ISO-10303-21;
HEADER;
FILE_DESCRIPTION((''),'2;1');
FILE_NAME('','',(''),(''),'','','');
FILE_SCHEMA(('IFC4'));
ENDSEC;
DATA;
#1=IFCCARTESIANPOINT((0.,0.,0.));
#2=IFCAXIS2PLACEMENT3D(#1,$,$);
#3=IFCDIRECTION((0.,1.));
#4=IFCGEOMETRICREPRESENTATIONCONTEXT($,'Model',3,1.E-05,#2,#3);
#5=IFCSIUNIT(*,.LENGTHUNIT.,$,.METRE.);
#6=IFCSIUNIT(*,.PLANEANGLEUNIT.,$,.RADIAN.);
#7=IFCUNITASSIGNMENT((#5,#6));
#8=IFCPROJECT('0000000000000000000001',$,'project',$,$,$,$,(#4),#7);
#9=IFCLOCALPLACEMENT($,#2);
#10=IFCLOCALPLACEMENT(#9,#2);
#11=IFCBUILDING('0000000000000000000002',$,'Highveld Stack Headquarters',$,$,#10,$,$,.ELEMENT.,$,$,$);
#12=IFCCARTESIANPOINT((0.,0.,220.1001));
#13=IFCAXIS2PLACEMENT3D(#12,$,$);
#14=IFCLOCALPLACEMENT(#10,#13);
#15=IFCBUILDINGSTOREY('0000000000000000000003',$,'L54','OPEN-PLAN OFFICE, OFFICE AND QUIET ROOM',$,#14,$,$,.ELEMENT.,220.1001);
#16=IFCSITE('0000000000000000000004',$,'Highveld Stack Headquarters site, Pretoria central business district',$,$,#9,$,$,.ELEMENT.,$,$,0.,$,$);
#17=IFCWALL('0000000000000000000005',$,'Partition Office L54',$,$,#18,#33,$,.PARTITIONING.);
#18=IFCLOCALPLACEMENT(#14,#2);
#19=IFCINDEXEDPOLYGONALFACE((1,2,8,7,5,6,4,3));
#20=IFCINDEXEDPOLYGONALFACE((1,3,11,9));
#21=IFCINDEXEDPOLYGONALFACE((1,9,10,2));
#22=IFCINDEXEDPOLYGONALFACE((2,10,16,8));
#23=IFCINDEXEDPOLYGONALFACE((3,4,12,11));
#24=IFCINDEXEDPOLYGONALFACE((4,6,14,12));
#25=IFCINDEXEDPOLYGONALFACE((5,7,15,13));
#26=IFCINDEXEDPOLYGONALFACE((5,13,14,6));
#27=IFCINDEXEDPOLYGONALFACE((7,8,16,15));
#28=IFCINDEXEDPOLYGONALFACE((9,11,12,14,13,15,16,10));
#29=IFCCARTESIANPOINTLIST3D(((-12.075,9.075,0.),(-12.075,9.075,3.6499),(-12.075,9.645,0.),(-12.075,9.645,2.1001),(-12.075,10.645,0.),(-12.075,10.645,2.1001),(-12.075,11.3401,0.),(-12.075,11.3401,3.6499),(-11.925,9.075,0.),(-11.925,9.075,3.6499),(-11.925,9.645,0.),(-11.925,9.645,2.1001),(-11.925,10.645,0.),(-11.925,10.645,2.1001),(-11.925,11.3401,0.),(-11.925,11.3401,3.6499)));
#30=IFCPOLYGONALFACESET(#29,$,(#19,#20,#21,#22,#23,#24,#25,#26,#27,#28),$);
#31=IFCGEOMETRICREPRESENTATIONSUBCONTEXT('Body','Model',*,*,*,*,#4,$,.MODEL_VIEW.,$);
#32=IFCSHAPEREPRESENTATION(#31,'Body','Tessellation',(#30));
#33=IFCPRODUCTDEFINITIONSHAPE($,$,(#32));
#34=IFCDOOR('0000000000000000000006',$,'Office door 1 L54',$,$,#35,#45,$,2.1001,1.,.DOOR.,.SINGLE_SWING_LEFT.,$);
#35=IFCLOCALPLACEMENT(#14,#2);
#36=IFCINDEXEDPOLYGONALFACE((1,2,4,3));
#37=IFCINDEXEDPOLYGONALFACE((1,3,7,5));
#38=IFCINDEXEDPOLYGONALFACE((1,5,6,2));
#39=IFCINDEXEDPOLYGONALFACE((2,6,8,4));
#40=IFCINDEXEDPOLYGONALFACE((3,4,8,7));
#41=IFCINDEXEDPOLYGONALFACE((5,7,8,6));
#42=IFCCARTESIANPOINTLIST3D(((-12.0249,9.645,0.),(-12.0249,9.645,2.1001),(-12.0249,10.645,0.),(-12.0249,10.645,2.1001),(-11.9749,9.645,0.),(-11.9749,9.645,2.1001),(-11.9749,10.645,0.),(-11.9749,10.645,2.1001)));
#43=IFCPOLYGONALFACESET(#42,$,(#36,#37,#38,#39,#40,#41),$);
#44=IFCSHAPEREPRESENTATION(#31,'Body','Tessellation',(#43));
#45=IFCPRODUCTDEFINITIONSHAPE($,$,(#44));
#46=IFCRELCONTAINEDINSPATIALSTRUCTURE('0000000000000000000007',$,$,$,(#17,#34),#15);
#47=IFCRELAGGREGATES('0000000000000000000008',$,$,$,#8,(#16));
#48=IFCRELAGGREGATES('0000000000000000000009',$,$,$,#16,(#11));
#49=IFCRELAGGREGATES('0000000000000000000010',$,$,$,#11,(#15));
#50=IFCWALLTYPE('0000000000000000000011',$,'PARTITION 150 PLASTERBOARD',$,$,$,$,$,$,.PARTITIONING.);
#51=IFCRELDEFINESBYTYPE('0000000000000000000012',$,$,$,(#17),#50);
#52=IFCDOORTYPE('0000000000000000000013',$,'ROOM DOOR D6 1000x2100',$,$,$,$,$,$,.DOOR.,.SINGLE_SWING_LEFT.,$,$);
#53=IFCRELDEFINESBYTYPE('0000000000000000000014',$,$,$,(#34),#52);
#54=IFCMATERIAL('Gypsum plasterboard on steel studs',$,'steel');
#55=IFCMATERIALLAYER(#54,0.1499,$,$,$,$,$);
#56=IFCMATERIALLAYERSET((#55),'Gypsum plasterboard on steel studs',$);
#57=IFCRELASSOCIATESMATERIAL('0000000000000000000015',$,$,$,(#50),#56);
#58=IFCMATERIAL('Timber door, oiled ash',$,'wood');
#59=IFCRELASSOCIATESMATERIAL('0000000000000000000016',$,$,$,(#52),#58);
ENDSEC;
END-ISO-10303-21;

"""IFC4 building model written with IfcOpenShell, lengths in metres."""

from ifc_helpers import new_model, si_unit, direction, frame, frame_2d, origin, place, context, subcontext, project, spatial, rectangle, extrude, material, layer, layer_set, type_object, element, fill, save


model = new_model("IFC4")

# Units and contexts
model_context = context("Model", 3, precision=1e-05, world=origin(), true_north=direction((0.0, 1.0)))
body_context = subcontext(model_context, "Body", "Model", "MODEL_VIEW")
ifc_project = project(units=[si_unit("LENGTHUNIT", "METRE"), si_unit("PLANEANGLEUNIT", "RADIAN")], contexts=[model_context])

# Site, building, storey
site_placement = place(None, origin())
site = spatial("IfcSite", under=ifc_project, at=site_placement, Name="Highveld Stack Headquarters site, Pretoria central business district", CompositionType="ELEMENT", RefElevation=0.0)
building_placement = place(site_placement, origin())
building = spatial("IfcBuilding", under=site, at=building_placement, Name="Highveld Stack Headquarters", CompositionType="ELEMENT")
storey_placement = place(building_placement, frame((0.0, 0.0, 220.1001)))
storey = spatial("IfcBuildingStorey", under=building, at=storey_placement, Name="L54", Description="OPEN-PLAN OFFICE, OFFICE AND QUIET ROOM", CompositionType="ELEMENT", Elevation=220.1001)

# Shared definitions
ifc_material_1 = material(Name="Gypsum plasterboard on steel studs", Category="steel")
ifc_layer = layer(ifc_material_1, 0.1499)
ifc_layer_set = layer_set([ifc_layer], Name="Gypsum plasterboard on steel studs")
wall_type = type_object("IfcWallType", Name="PARTITION 150 PLASTERBOARD", PredefinedType="PARTITIONING", material=ifc_layer_set)

# Shared definitions
ifc_material_2 = material(Name="Timber door, oiled ash", Category="wood")
door_type = type_object("IfcDoorType", Name="ROOM DOOR D6 1000x2100", OperationType="SINGLE_SWING_LEFT", PredefinedType="DOOR", material=ifc_material_2)

# Wall, opening, door
wall_1_placement = place(storey_placement, frame((-12.0, 9.075, 0.0), z_axis=(0.0, 0.0, 1.0), x_axis=(0.0, 1.0, 0.0)))
wall_1 = element("IfcWall", 1, at=wall_1_placement, inside=storey, type_object=wall_type, Name="Partition Office L54", PredefinedType="PARTITIONING", context=body_context, shape_type="SweptSolid", body=[
    extrude(rectangle(XDim=2.2651, YDim=0.1499, at=frame_2d((1.1326, 0.0))), origin(), (0.0, 0.0, 1.0), 3.6499),
])
opening_1_placement = place(wall_1_placement, frame((0.5701, 0.0, 0.0)))
opening_1 = element("IfcOpeningElement", 2, at=opening_1_placement, cuts=wall_1, PredefinedType="OPENING", context=body_context, shape_type="SweptSolid", body=[
    extrude(rectangle(XDim=1.0, YDim=2.1001, at=frame_2d((0.5, 1.05))), frame((0.0, 0.085, 0.0), z_axis=(0.0, -1.0, 0.0), x_axis=(1.0, 0.0, 0.0)), (0.0, 0.0, 1.0), 0.1699),
])
door_1_placement = place(opening_1_placement, origin())
door_1 = element("IfcDoor", 3, at=door_1_placement, inside=storey, type_object=door_type, Name="Office door 1 L54", OperationType="SINGLE_SWING_LEFT", OverallHeight=2.1001, OverallWidth=1.0, PredefinedType="DOOR", context=body_context, shape_type="SweptSolid", body=[
    extrude(rectangle(XDim=1.0, YDim=2.1001, at=frame_2d((0.5, 1.05))), frame((0.0, 0.0249, 0.0), z_axis=(0.0, -1.0, 0.0), x_axis=(1.0, 0.0, 0.0)), (0.0, 0.0, 1.0), 0.05),
])
fill(opening_1, door_1)

save(model, "model.ifc")
